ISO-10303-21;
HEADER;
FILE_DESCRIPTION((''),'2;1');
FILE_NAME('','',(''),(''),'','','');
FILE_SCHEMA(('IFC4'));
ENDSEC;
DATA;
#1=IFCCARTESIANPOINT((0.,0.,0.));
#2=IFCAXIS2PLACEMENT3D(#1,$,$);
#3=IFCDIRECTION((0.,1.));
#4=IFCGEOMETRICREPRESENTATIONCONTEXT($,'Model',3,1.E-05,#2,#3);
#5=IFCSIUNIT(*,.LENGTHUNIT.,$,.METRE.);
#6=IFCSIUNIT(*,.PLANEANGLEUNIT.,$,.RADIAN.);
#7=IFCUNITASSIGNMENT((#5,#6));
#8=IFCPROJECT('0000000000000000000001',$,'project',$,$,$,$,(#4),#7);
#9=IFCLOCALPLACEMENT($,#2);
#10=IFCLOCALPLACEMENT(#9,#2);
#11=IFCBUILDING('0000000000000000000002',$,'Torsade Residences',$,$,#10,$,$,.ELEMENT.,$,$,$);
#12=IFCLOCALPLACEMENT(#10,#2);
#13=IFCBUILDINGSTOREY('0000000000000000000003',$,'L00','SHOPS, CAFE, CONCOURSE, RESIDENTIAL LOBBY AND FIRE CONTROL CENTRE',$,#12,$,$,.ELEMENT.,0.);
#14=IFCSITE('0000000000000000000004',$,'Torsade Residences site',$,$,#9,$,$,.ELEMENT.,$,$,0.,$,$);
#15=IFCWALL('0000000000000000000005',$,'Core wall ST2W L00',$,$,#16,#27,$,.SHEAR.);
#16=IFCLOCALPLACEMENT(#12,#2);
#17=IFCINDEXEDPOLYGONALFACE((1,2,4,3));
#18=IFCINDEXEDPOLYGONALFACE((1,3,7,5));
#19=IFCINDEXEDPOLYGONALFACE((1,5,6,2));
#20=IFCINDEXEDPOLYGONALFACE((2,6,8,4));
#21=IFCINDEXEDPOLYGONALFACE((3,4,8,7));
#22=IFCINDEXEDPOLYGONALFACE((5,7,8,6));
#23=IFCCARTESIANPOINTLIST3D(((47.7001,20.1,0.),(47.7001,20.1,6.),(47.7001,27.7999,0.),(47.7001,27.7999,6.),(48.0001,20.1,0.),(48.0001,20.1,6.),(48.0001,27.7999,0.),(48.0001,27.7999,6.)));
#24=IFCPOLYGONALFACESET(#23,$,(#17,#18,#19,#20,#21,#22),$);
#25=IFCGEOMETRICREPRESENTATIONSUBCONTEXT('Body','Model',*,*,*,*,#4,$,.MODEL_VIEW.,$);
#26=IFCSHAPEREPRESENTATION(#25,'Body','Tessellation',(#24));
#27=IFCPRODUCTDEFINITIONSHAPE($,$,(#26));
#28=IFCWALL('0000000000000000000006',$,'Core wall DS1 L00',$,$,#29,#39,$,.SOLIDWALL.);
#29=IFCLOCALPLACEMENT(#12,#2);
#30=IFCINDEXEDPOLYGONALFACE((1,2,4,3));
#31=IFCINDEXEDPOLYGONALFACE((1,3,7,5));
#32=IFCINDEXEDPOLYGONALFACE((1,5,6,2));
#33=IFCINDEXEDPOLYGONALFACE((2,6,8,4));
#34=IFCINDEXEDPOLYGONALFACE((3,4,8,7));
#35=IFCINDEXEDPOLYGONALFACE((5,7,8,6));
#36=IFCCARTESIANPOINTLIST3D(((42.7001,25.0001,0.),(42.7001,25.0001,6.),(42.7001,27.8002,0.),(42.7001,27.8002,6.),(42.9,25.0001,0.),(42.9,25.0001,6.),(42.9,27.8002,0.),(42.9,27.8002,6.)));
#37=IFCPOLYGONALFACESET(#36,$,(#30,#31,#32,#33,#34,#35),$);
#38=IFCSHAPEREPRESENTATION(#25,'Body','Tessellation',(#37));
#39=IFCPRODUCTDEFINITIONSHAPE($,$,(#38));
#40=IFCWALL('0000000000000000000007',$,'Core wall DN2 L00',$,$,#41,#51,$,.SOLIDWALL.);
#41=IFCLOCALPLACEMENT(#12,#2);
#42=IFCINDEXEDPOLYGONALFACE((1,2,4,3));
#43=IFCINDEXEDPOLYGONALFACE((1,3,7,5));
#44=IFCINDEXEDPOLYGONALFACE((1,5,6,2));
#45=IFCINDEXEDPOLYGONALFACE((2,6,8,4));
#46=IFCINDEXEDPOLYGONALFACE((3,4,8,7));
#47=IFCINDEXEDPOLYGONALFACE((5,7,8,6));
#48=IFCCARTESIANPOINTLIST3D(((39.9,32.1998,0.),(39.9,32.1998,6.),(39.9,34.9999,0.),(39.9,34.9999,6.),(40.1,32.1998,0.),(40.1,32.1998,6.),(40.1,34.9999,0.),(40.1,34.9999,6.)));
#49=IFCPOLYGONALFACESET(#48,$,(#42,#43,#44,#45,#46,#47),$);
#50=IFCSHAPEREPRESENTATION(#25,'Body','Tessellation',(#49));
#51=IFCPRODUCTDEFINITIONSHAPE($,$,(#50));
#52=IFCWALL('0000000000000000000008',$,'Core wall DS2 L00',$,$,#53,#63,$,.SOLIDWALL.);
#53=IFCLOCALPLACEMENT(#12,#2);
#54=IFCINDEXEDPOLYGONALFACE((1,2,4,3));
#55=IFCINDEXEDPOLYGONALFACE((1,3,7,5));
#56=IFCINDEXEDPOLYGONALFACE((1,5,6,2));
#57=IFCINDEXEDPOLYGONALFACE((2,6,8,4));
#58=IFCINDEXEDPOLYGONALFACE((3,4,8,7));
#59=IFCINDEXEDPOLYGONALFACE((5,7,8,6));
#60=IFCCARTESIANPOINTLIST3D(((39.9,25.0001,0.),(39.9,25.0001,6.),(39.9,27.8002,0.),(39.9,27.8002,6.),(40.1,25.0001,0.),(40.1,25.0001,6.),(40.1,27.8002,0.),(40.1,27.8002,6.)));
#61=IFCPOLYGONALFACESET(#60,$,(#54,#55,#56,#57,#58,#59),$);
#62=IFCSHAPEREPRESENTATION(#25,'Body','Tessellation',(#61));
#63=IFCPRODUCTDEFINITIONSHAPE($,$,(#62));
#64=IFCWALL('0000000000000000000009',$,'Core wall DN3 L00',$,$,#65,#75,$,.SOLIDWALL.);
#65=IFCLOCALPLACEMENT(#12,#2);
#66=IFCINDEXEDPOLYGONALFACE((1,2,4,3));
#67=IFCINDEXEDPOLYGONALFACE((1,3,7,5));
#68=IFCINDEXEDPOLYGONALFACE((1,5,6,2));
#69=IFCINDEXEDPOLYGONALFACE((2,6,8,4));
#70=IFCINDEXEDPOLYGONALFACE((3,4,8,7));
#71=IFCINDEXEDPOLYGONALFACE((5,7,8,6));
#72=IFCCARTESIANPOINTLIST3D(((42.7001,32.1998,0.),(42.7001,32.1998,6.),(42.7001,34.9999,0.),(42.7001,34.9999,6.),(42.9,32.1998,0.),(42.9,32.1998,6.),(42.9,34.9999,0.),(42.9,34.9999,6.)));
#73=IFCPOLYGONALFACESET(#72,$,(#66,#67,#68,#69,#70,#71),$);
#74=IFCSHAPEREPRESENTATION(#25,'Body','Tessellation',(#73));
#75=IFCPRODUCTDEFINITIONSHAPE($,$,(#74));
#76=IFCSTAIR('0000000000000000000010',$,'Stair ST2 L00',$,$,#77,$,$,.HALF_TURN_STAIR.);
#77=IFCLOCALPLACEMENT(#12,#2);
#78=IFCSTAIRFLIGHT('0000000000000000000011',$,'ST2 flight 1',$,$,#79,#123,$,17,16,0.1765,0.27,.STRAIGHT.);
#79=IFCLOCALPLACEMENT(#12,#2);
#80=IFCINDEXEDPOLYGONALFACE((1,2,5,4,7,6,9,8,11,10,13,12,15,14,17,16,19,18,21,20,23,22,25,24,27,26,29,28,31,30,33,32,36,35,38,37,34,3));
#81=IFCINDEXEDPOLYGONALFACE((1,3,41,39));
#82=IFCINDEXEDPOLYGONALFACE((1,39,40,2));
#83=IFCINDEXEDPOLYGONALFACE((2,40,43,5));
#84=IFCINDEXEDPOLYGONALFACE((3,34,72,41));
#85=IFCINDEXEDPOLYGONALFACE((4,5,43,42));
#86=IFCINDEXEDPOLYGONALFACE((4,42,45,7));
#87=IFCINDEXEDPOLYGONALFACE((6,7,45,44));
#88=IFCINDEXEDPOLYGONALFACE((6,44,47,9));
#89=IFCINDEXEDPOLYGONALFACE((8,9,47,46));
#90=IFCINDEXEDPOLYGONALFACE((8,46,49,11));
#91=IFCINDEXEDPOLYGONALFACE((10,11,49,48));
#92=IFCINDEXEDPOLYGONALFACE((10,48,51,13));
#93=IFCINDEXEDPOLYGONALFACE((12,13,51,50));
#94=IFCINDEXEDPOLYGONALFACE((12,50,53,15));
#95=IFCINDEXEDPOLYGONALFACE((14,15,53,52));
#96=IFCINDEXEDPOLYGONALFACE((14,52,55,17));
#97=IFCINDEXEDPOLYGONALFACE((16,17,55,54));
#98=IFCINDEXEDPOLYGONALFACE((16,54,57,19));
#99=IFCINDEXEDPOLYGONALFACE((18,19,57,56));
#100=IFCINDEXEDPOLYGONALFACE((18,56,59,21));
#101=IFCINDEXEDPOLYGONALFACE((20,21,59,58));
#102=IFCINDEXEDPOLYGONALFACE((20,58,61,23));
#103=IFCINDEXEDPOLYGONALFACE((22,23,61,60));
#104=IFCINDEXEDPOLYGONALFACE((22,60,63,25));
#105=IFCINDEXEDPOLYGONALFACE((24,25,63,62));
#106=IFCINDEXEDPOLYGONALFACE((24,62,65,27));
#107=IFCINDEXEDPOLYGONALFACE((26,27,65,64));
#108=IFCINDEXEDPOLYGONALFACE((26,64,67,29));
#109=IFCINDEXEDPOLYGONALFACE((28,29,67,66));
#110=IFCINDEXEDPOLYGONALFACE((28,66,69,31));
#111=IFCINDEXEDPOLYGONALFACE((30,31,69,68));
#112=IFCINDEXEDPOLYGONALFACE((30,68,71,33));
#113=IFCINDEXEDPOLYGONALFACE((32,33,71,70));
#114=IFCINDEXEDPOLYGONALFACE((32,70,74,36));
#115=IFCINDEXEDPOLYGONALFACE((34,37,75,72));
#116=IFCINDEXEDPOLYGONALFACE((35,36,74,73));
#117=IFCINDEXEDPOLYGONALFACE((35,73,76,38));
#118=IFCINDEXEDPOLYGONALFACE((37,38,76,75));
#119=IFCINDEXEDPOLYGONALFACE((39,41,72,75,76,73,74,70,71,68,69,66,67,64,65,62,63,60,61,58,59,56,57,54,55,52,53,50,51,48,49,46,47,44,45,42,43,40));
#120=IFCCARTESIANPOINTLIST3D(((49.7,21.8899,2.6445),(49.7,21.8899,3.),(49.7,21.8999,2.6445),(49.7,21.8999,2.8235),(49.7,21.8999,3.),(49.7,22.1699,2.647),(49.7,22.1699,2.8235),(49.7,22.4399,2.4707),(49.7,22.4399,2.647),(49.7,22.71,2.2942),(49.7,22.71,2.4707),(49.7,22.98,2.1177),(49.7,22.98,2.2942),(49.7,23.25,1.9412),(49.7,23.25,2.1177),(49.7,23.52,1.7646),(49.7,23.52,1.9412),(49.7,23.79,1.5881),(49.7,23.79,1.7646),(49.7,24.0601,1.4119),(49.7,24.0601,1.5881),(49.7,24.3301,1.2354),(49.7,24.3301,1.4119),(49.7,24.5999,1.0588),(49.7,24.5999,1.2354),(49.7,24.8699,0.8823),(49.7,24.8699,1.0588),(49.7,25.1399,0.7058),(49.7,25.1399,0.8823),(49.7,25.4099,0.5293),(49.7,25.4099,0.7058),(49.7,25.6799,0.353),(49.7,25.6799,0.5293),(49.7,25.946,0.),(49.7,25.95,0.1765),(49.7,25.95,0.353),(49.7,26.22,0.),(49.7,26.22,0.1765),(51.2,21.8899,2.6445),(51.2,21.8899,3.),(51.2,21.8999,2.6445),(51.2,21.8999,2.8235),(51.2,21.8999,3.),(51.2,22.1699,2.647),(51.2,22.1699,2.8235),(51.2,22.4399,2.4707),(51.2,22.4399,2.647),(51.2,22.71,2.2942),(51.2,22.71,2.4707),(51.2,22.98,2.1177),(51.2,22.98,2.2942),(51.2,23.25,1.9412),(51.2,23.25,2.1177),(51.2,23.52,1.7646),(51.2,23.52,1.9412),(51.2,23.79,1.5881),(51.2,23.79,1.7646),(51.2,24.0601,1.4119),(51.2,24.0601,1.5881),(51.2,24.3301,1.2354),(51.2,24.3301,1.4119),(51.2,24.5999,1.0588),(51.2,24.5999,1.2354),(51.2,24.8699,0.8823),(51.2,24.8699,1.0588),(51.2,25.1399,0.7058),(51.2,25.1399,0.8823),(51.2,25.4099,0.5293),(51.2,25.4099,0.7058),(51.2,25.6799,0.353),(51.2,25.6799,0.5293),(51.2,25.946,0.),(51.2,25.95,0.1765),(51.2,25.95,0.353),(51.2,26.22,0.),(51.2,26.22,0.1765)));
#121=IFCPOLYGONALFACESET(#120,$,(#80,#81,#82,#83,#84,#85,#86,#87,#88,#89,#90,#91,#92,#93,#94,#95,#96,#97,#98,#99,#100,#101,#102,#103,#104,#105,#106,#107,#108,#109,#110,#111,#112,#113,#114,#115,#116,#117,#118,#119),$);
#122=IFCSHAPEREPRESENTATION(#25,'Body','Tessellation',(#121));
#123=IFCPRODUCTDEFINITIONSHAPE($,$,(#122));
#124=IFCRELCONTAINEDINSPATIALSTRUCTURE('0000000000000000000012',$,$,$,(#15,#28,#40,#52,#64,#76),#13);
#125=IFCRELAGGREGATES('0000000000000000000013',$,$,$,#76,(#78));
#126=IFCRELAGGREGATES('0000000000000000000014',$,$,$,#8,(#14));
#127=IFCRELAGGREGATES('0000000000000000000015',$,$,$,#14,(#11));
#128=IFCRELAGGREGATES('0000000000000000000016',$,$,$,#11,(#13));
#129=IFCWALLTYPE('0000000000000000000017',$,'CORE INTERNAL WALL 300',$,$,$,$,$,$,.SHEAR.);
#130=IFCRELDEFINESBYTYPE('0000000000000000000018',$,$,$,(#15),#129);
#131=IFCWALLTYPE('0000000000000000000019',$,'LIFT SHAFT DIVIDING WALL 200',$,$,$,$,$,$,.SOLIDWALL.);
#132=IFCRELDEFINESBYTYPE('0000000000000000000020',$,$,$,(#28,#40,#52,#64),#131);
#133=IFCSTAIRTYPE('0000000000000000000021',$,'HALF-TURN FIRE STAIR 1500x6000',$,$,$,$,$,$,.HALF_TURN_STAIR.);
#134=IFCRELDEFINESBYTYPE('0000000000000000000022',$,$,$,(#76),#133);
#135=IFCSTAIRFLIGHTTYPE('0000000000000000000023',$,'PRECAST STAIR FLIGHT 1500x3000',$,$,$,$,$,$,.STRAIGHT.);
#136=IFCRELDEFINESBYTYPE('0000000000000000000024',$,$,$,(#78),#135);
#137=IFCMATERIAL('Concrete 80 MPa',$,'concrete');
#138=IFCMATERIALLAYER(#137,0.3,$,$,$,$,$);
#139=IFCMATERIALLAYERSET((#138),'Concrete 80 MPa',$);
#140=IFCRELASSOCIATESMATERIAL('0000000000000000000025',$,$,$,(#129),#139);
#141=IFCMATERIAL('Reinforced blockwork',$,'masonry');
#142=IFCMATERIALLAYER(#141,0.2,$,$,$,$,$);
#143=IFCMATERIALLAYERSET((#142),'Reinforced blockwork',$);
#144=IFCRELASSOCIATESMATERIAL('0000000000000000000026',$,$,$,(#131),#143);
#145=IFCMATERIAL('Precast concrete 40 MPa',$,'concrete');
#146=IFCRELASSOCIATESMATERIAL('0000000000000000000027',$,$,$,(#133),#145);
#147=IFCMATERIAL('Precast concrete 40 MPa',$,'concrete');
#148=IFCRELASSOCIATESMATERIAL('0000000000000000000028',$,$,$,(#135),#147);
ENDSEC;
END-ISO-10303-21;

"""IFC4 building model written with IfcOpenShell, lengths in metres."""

from ifc_helpers import new_model, si_unit, direction, frame, frame_2d, origin, place, context, subcontext, project, spatial, polyline, rectangle, outline, extrude, material, layer, layer_set, type_object, element, aggregate, save


model = new_model("IFC4")

# Units and contexts
model_context = context("Model", 3, precision=1e-05, world=origin(), true_north=direction((0.0, 1.0)))
body_context = subcontext(model_context, "Body", "Model", "MODEL_VIEW")
ifc_project = project(units=[si_unit("LENGTHUNIT", "METRE"), si_unit("PLANEANGLEUNIT", "RADIAN")], contexts=[model_context])

# Site, building, storey
site_placement = place(None, origin())
site = spatial("IfcSite", under=ifc_project, at=site_placement, Name="Torsade Residences site", CompositionType="ELEMENT", RefElevation=0.0)
building_placement = place(site_placement, origin())
building = spatial("IfcBuilding", under=site, at=building_placement, Name="Torsade Residences", CompositionType="ELEMENT")
storey_placement = place(building_placement, origin())
storey = spatial("IfcBuildingStorey", under=building, at=storey_placement, Name="L00", Description="SHOPS, CAFE, CONCOURSE, RESIDENTIAL LOBBY AND FIRE CONTROL CENTRE", CompositionType="ELEMENT", Elevation=0.0)

# Shared definitions
ifc_material_1 = material(Name="Concrete 80 MPa", Category="concrete")
ifc_layer_1 = layer(ifc_material_1, 0.3)
ifc_layer_set_1 = layer_set([ifc_layer_1], Name="Concrete 80 MPa")
wall_type_1 = type_object("IfcWallType", Name="CORE INTERNAL WALL 300", PredefinedType="SHEAR", material=ifc_layer_set_1)

# Walls
wall_1_placement = place(storey_placement, frame((47.8501, 27.8, 0.0), z_axis=(0.0, 0.0, 1.0), x_axis=(0.0, -1.0, 0.0)))
element("IfcWall", 1, at=wall_1_placement, inside=storey, type_object=wall_type_1, Name="Core wall ST2W L00", PredefinedType="SHEAR", context=body_context, shape_type="SweptSolid", body=[
    extrude(rectangle(XDim=7.7, YDim=0.3, at=frame_2d((3.8501, 0.0))), origin(), (0.0, 0.0, 1.0), 6.0),
])
ifc_material_2 = material(Name="Reinforced blockwork", Category="masonry")
ifc_layer_2 = layer(ifc_material_2, 0.2)
ifc_layer_set_2 = layer_set([ifc_layer_2], Name="Reinforced blockwork")
wall_type_2 = type_object("IfcWallType", Name="LIFT SHAFT DIVIDING WALL 200", PredefinedType="SOLIDWALL", material=ifc_layer_set_2)
for number, where, z_axis, x_axis, name in (
    (2, (42.8, 27.8, 0.0), (0.0, 0.0, 1.0), (0.0, -1.0, 0.0), "Core wall DS1 L00"),
    (3, (40.0, 32.2, 0.0), (0.0, 0.0, 1.0), (0.0, 1.0, 0.0), "Core wall DN2 L00"),
    (4, (40.0, 27.8, 0.0), (0.0, 0.0, 1.0), (0.0, -1.0, 0.0), "Core wall DS2 L00"),
    (5, (42.8, 32.2, 0.0), (0.0, 0.0, 1.0), (0.0, 1.0, 0.0), "Core wall DN3 L00"),
):
    element("IfcWall", number, at=place(storey_placement, frame(where, z_axis=z_axis, x_axis=x_axis)), inside=storey, type_object=wall_type_2, Name=name, PredefinedType="SOLIDWALL", context=body_context, shape_type="SweptSolid", body=[
        extrude(rectangle(XDim=2.8, YDim=0.2, at=frame_2d((1.3999, 0.0))), origin(), (0.0, 0.0, 1.0), 6.0),
    ])

# Stair, stair flight
ifc_material_3 = material(Name="Precast concrete 40 MPa", Category="concrete")
stair_type = type_object("IfcStairType", Name="HALF-TURN FIRE STAIR 1500x6000", PredefinedType="HALF_TURN_STAIR", material=ifc_material_3)
stair_placement = place(storey_placement, origin())
stair = element("IfcStair", 6, at=stair_placement, inside=storey, type_object=stair_type, Name="Stair ST2 L00", PredefinedType="HALF_TURN_STAIR")
ifc_material_4 = material(Name="Precast concrete 40 MPa", Category="concrete")
stair_flight_type = type_object("IfcStairFlightType", Name="PRECAST STAIR FLIGHT 1500x3000", PredefinedType="STRAIGHT", material=ifc_material_4)
stair_flight_placement = place(storey_placement, frame((50.45, 26.22, 0.0), z_axis=(0.0, 0.0, 1.0), x_axis=(0.0, -1.0, 0.0)))
stair_flight = element("IfcStairFlight", 7, at=stair_flight_placement, type_object=stair_flight_type, Name="ST2 flight 1", NumberOfRisers=17, NumberOfTreads=16, PredefinedType="STRAIGHT", RiserHeight=0.1765, TreadLength=0.27, context=body_context, shape_type="SweptSolid", body=[
    extrude(outline(polyline([(0.0, 0.0), (0.0, 0.1765), (0.27, 0.1765), (0.27, 0.353), (0.54, 0.353), (0.54, 0.5293), (0.8101, 0.5293), (0.8101, 0.7058), (1.0801, 0.7058), (1.0801, 0.8823), (1.3501, 0.8823), (1.3501, 1.0588), (1.6201, 1.0588), (1.6201, 1.2354), (1.8899, 1.2354), (1.8899, 1.4119), (2.1599, 1.4119), (2.1599, 1.5881), (2.4299, 1.5881), (2.4299, 1.7646), (2.7, 1.7646), (2.7, 1.9412), (2.97, 1.9412), (2.97, 2.1177), (3.24, 2.1177), (3.24, 2.2942), (3.51, 2.2942), (3.51, 2.4707), (3.78, 2.4707), (3.78, 2.647), (4.05, 2.647), (4.05, 2.8235), (4.3201, 2.8235), (4.3201, 3.0), (4.3301, 3.0), (4.3301, 2.6445), (4.3201, 2.6445), (0.2739, 0.0), (0.0, 0.0)])), frame((0.0, 0.75, 0.0), z_axis=(0.0, -1.0, 0.0), x_axis=(1.0, 0.0, 0.0)), (0.0, 0.0, 1.0), 1.5),
])
aggregate(stair, [stair_flight])

save(model, "model.ifc")
